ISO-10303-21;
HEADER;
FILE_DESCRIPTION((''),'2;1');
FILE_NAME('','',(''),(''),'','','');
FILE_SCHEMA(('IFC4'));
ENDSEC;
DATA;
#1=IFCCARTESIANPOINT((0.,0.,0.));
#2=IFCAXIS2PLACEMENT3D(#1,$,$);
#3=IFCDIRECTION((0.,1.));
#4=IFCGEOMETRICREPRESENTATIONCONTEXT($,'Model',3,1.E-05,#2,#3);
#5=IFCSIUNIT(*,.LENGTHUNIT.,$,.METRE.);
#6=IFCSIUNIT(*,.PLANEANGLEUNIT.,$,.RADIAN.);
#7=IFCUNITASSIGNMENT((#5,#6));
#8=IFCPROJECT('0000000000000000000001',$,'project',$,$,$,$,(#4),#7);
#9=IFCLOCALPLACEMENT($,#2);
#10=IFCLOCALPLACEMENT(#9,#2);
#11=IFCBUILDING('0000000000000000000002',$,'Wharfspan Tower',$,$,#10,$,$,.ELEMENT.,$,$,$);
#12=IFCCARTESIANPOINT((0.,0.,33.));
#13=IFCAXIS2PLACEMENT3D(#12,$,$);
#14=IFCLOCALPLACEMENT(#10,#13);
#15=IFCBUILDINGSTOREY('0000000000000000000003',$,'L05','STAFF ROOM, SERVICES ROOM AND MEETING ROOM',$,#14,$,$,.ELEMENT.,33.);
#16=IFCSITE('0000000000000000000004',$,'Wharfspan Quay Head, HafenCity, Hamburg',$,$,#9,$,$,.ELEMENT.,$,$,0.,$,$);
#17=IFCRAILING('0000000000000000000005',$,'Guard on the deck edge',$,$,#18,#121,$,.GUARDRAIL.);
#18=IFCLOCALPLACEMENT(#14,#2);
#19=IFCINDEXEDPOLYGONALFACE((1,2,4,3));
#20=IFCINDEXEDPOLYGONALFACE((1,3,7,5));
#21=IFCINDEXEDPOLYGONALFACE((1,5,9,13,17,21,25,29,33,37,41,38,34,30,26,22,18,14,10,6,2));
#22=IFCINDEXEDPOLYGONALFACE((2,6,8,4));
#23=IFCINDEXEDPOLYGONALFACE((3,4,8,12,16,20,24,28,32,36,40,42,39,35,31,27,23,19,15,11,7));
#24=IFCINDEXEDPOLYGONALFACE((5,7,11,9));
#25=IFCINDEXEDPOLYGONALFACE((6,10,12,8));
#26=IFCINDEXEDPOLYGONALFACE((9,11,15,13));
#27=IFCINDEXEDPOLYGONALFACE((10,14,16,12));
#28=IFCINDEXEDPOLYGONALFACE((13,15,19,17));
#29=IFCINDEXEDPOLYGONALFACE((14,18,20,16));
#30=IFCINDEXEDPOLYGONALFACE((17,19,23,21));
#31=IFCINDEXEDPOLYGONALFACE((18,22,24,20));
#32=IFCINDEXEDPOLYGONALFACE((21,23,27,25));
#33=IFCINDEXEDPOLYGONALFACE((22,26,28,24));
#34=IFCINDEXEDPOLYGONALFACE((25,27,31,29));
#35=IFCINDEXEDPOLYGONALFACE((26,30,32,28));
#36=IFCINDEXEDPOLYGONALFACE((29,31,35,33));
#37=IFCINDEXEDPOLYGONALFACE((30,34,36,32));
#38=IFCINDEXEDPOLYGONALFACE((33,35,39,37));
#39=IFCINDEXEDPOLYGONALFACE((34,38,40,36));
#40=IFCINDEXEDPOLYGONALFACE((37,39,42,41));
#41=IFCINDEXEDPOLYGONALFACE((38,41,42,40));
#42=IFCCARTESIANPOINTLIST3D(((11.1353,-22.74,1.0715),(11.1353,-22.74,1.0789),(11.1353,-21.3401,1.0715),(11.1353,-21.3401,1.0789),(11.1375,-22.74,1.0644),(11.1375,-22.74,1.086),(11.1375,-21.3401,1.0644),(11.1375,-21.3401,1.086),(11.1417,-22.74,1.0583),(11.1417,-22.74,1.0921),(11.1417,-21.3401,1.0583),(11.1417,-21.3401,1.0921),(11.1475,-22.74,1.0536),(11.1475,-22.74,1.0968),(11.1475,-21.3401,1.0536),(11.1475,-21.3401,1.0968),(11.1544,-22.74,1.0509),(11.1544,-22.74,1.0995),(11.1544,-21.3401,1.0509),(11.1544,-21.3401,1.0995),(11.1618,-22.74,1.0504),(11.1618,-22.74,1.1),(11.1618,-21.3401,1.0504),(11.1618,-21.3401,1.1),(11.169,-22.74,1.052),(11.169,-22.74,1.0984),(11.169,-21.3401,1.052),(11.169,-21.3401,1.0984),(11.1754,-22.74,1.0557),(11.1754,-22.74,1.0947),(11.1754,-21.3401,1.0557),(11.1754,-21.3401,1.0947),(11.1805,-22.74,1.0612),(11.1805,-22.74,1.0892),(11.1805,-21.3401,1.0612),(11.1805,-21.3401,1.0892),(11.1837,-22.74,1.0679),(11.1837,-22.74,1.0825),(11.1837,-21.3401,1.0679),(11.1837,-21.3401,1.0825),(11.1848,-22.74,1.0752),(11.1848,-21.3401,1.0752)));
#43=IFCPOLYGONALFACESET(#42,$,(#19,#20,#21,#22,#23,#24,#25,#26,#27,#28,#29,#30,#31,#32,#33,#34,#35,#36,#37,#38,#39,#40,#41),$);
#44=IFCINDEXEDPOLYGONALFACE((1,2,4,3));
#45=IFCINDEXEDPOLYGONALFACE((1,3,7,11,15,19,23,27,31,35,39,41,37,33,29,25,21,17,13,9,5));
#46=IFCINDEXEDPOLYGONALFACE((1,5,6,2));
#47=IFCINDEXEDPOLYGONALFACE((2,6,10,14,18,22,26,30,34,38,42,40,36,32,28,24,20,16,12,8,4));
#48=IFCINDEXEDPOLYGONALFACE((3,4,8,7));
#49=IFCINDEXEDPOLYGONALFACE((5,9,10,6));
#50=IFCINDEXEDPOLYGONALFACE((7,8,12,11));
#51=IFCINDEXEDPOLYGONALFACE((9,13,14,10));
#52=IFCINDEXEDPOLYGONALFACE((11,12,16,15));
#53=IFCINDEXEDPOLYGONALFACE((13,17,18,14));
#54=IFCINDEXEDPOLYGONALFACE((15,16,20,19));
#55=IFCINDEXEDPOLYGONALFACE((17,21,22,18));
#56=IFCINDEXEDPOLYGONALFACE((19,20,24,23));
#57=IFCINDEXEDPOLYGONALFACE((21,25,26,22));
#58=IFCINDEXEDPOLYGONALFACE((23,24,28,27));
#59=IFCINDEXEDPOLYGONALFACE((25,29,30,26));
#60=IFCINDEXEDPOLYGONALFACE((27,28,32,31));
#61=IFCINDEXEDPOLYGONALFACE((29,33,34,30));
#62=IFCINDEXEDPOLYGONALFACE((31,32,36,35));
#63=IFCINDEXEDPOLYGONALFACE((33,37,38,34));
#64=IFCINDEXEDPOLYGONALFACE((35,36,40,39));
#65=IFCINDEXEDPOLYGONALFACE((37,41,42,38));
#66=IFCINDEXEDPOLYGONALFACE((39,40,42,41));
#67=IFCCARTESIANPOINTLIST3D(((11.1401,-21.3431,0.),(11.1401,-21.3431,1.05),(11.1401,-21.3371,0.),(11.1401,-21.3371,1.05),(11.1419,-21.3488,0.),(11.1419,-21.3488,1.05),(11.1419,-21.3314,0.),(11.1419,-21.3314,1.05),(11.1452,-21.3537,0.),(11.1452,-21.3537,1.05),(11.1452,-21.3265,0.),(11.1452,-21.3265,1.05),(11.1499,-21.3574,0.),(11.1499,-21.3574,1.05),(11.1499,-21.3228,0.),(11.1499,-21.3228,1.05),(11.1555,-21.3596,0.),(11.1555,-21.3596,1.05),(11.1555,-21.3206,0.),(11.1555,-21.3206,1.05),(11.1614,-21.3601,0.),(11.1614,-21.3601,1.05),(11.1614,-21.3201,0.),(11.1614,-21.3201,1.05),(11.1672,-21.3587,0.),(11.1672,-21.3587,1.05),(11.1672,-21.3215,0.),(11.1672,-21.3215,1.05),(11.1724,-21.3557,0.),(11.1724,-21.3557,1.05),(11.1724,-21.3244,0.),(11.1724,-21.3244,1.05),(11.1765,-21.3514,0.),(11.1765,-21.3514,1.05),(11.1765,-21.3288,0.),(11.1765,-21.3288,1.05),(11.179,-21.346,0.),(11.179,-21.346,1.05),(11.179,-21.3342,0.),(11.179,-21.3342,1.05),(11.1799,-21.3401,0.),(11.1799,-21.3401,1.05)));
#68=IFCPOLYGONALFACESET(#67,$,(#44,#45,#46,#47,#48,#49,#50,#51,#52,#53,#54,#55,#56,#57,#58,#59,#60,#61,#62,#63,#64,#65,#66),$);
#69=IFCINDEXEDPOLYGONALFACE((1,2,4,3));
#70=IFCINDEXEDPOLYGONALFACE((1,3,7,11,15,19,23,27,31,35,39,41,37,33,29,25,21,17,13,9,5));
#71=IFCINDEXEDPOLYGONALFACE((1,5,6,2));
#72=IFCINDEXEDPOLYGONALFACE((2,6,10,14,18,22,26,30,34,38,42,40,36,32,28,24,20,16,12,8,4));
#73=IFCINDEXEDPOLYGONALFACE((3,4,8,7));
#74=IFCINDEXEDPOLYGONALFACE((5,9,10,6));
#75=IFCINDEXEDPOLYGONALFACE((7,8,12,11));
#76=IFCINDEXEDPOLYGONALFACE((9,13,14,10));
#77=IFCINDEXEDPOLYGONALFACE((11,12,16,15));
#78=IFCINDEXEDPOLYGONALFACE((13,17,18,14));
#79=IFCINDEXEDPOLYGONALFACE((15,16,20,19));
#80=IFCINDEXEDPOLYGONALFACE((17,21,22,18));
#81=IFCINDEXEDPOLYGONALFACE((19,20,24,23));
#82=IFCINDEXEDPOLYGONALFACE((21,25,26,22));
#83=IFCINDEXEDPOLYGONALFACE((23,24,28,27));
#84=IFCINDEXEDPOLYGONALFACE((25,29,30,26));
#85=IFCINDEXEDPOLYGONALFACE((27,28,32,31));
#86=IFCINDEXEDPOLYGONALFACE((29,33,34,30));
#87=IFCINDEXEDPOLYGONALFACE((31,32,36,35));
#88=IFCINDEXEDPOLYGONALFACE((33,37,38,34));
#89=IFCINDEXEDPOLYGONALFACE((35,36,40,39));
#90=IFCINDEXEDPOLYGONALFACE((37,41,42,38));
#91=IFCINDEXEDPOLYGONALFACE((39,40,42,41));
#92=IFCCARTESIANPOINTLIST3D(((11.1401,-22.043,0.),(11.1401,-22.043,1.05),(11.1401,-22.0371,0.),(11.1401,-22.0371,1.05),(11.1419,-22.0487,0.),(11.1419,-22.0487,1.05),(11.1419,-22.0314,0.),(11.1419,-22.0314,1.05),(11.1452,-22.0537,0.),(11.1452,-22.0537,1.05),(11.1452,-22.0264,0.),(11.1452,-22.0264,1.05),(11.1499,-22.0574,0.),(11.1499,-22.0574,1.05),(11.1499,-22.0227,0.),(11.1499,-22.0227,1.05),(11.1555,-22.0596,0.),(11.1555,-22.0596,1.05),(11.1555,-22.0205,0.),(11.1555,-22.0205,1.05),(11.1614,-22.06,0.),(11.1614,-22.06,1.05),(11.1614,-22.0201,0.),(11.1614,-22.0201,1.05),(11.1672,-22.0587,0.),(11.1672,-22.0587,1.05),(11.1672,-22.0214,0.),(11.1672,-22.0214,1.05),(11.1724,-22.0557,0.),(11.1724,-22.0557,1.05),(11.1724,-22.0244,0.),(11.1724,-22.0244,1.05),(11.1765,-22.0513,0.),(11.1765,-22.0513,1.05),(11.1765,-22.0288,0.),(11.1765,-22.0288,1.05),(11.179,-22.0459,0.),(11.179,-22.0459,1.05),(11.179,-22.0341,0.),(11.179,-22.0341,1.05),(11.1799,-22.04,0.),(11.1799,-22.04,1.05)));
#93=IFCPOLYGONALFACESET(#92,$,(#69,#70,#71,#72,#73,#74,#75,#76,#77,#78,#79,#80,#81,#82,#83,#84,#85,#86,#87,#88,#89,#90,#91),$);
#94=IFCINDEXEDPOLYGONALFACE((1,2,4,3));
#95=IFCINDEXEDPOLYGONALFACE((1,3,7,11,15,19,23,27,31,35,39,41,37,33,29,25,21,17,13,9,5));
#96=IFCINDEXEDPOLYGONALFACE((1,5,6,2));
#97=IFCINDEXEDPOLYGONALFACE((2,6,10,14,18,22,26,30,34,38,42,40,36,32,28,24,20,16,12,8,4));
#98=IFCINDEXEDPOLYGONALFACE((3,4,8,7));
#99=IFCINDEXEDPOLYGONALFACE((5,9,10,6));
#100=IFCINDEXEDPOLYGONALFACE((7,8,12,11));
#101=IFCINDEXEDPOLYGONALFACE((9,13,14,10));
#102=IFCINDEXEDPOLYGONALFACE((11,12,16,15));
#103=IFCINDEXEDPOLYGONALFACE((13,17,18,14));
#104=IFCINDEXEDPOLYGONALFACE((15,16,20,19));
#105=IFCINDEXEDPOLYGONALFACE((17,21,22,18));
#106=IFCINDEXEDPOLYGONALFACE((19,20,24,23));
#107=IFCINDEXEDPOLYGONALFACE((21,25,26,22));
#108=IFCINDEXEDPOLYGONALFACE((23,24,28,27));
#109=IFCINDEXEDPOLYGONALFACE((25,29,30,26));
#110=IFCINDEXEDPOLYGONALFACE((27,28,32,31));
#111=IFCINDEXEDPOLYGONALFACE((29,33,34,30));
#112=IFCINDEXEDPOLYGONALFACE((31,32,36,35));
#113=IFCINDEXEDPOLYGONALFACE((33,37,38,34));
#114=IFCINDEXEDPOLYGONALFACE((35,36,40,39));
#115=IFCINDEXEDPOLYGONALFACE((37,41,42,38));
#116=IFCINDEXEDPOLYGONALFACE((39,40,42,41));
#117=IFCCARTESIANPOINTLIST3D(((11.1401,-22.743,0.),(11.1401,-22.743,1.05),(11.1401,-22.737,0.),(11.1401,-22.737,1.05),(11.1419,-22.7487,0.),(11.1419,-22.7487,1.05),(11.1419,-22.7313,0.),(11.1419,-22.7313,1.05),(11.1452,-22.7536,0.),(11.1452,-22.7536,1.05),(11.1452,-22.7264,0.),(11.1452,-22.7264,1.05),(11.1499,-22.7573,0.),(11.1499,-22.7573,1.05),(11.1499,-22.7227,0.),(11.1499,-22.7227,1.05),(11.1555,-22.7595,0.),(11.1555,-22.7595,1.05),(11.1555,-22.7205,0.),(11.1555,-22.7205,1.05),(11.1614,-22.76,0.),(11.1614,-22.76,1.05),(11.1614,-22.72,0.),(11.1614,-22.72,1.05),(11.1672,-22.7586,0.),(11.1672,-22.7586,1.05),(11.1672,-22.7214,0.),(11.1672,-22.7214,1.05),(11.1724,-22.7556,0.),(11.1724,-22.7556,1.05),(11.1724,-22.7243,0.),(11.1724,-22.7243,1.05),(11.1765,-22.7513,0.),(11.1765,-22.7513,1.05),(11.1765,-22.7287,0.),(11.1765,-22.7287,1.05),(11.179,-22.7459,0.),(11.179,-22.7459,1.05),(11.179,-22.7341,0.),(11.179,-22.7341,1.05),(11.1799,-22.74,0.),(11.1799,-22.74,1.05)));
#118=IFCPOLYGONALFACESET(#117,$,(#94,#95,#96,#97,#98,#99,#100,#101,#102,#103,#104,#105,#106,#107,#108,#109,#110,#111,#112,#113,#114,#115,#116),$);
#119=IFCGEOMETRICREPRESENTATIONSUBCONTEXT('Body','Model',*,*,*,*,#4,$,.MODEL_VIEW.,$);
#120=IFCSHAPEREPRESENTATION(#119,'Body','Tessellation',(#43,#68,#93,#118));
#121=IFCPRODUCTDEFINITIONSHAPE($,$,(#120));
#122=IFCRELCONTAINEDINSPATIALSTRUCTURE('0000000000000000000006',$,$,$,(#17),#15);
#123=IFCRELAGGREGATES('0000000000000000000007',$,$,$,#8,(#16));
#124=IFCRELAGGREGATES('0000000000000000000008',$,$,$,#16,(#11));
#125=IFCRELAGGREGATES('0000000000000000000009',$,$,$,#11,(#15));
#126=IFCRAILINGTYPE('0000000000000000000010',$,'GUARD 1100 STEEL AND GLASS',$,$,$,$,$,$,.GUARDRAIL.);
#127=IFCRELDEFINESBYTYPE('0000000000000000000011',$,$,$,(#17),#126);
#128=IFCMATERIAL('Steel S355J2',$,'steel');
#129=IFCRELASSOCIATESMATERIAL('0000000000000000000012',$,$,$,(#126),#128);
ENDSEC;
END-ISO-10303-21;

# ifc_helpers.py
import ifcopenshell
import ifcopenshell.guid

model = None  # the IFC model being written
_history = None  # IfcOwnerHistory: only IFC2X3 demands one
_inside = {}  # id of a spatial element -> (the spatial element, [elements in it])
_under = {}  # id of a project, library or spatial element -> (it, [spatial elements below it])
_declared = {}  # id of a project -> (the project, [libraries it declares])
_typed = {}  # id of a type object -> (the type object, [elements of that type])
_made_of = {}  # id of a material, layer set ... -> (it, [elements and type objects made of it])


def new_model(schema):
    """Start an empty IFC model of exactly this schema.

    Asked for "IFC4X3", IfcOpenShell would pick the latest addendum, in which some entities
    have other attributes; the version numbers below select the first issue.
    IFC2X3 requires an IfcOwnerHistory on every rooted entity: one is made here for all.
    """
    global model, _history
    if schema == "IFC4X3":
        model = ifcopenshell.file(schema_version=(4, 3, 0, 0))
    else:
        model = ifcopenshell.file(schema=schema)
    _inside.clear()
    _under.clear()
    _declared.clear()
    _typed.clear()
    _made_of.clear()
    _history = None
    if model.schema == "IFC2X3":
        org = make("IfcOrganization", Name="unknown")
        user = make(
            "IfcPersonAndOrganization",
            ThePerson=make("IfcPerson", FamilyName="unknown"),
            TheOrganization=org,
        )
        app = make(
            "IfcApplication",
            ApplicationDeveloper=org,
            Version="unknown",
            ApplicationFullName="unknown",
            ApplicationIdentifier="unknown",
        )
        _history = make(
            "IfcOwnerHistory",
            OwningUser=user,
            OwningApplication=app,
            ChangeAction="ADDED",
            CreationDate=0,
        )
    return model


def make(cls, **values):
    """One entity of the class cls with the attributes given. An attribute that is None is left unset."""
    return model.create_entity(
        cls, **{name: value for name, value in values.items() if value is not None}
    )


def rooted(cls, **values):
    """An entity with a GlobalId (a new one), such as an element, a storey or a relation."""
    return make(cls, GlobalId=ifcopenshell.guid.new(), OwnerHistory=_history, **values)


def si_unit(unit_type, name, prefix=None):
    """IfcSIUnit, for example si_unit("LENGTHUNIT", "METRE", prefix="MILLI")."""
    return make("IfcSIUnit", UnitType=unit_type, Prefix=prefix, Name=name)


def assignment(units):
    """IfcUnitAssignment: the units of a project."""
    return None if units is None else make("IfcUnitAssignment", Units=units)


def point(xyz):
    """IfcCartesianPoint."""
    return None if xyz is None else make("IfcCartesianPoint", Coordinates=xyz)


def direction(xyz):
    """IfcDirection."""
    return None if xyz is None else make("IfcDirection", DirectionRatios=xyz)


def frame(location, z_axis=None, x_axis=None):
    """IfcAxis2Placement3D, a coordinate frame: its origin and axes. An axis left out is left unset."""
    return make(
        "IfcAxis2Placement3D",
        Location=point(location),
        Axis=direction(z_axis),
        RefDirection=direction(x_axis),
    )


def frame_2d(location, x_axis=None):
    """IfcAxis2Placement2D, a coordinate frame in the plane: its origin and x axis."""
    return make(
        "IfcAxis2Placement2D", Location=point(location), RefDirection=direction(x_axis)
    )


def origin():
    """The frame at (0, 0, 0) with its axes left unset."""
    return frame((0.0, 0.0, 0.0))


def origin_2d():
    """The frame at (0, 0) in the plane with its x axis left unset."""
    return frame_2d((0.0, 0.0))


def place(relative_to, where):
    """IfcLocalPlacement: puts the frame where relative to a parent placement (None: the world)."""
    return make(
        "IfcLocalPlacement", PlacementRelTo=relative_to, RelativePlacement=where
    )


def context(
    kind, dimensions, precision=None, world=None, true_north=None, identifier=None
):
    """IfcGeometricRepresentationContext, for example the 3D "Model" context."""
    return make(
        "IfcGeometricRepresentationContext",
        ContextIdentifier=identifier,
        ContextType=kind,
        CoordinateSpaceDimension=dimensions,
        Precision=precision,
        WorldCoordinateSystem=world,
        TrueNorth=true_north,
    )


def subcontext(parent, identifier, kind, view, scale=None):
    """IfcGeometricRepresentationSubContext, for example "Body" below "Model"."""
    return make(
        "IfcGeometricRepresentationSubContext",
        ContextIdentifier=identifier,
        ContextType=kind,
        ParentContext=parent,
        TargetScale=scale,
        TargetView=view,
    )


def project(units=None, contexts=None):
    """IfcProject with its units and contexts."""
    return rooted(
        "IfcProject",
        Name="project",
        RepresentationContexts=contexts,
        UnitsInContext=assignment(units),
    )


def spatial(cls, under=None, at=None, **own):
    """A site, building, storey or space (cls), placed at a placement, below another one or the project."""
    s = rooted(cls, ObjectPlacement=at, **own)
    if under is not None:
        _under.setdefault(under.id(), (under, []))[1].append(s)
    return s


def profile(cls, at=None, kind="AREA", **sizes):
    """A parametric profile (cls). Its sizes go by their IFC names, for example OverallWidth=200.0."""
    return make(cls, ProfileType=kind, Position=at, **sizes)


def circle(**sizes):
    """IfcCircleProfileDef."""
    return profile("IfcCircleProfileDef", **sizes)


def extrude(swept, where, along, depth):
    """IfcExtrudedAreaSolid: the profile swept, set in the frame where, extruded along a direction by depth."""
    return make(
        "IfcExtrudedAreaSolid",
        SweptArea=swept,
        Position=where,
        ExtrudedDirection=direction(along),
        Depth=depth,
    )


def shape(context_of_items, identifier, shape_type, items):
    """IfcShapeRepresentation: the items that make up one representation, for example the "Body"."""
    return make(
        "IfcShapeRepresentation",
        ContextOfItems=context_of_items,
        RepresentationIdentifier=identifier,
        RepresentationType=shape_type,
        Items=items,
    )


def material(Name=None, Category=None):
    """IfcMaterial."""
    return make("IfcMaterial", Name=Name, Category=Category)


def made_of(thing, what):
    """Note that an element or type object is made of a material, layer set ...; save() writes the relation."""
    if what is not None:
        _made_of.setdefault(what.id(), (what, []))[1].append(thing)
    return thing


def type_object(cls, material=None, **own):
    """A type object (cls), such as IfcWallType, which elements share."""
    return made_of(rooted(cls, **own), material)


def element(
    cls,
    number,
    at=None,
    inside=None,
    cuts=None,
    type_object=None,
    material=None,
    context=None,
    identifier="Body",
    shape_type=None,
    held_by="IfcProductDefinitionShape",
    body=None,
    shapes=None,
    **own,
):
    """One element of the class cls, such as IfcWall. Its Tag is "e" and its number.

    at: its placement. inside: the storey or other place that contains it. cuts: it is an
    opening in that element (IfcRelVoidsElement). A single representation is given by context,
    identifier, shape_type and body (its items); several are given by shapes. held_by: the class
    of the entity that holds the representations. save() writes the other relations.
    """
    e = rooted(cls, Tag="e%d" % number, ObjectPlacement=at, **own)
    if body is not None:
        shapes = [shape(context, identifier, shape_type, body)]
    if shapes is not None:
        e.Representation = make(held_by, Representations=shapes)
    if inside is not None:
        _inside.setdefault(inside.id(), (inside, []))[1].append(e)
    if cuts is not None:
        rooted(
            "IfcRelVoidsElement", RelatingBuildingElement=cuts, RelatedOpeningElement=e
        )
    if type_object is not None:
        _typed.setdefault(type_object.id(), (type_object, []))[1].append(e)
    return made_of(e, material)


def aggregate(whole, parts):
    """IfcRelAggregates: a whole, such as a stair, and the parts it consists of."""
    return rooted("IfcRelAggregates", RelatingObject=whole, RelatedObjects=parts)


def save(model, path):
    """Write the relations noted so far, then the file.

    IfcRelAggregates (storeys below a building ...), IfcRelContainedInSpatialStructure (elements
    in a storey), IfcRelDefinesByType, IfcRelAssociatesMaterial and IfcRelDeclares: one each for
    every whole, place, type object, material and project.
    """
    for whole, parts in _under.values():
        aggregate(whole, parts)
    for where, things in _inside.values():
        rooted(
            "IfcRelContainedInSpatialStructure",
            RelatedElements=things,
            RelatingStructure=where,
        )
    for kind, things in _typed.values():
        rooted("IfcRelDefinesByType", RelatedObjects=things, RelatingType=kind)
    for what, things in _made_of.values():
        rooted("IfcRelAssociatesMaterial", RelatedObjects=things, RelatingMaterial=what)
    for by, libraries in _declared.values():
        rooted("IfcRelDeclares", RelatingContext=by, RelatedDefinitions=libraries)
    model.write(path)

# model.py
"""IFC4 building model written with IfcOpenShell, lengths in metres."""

from ifc_helpers import new_model, si_unit, direction, frame, origin, origin_2d, place, context, subcontext, project, spatial, circle, extrude, material, type_object, element, save


model = new_model("IFC4")

# Units and contexts
model_context = context("Model", 3, precision=1e-05, world=origin(), true_north=direction((0.0, 1.0)))
body_context = subcontext(model_context, "Body", "Model", "MODEL_VIEW")
ifc_project = project(units=[si_unit("LENGTHUNIT", "METRE"), si_unit("PLANEANGLEUNIT", "RADIAN")], contexts=[model_context])

# Site, building, storey
site_placement = place(None, origin())
site = spatial("IfcSite", under=ifc_project, at=site_placement, Name="Wharfspan Quay Head, HafenCity, Hamburg", CompositionType="ELEMENT", RefElevation=0.0)
building_placement = place(site_placement, origin())
building = spatial("IfcBuilding", under=site, at=building_placement, Name="Wharfspan Tower", CompositionType="ELEMENT")
storey_placement = place(building_placement, frame((0.0, 0.0, 33.0)))
storey = spatial("IfcBuildingStorey", under=building, at=storey_placement, Name="L05", Description="STAFF ROOM, SERVICES ROOM AND MEETING ROOM", CompositionType="ELEMENT", Elevation=33.0)

# Railing
ifc_material_1 = material(Name="Steel S355J2", Category="steel")
railing_type = type_object("IfcRailingType", Name="GUARD 1100 STEEL AND GLASS", PredefinedType="GUARDRAIL", material=ifc_material_1)
railing_1_placement = place(storey_placement, frame((11.1599, -21.3401, 0.0)))
element("IfcRailing", 1, at=railing_1_placement, inside=storey, type_object=railing_type, Name="Guard on the deck edge", PredefinedType="GUARDRAIL", context=body_context, shape_type="SweptSolid", body=[
    extrude(circle(Radius=0.0249, at=origin_2d()), frame((0.0, 0.0, 1.0752), z_axis=(0.0, -1.0, 0.0), x_axis=(1.0, 0.0, 0.0)), (0.0, 0.0, 1.0), 1.3999),
    extrude(circle(Radius=0.02, at=origin_2d()), origin(), (0.0, 0.0, 1.0), 1.05),
    extrude(circle(Radius=0.02, at=origin_2d()), frame((0.0, -0.7, 0.0)), (0.0, 0.0, 1.0), 1.05),
    extrude(circle(Radius=0.02, at=origin_2d()), frame((0.0, -1.3999, 0.0)), (0.0, 0.0, 1.0), 1.05),
])

save(model, "model.ifc")
